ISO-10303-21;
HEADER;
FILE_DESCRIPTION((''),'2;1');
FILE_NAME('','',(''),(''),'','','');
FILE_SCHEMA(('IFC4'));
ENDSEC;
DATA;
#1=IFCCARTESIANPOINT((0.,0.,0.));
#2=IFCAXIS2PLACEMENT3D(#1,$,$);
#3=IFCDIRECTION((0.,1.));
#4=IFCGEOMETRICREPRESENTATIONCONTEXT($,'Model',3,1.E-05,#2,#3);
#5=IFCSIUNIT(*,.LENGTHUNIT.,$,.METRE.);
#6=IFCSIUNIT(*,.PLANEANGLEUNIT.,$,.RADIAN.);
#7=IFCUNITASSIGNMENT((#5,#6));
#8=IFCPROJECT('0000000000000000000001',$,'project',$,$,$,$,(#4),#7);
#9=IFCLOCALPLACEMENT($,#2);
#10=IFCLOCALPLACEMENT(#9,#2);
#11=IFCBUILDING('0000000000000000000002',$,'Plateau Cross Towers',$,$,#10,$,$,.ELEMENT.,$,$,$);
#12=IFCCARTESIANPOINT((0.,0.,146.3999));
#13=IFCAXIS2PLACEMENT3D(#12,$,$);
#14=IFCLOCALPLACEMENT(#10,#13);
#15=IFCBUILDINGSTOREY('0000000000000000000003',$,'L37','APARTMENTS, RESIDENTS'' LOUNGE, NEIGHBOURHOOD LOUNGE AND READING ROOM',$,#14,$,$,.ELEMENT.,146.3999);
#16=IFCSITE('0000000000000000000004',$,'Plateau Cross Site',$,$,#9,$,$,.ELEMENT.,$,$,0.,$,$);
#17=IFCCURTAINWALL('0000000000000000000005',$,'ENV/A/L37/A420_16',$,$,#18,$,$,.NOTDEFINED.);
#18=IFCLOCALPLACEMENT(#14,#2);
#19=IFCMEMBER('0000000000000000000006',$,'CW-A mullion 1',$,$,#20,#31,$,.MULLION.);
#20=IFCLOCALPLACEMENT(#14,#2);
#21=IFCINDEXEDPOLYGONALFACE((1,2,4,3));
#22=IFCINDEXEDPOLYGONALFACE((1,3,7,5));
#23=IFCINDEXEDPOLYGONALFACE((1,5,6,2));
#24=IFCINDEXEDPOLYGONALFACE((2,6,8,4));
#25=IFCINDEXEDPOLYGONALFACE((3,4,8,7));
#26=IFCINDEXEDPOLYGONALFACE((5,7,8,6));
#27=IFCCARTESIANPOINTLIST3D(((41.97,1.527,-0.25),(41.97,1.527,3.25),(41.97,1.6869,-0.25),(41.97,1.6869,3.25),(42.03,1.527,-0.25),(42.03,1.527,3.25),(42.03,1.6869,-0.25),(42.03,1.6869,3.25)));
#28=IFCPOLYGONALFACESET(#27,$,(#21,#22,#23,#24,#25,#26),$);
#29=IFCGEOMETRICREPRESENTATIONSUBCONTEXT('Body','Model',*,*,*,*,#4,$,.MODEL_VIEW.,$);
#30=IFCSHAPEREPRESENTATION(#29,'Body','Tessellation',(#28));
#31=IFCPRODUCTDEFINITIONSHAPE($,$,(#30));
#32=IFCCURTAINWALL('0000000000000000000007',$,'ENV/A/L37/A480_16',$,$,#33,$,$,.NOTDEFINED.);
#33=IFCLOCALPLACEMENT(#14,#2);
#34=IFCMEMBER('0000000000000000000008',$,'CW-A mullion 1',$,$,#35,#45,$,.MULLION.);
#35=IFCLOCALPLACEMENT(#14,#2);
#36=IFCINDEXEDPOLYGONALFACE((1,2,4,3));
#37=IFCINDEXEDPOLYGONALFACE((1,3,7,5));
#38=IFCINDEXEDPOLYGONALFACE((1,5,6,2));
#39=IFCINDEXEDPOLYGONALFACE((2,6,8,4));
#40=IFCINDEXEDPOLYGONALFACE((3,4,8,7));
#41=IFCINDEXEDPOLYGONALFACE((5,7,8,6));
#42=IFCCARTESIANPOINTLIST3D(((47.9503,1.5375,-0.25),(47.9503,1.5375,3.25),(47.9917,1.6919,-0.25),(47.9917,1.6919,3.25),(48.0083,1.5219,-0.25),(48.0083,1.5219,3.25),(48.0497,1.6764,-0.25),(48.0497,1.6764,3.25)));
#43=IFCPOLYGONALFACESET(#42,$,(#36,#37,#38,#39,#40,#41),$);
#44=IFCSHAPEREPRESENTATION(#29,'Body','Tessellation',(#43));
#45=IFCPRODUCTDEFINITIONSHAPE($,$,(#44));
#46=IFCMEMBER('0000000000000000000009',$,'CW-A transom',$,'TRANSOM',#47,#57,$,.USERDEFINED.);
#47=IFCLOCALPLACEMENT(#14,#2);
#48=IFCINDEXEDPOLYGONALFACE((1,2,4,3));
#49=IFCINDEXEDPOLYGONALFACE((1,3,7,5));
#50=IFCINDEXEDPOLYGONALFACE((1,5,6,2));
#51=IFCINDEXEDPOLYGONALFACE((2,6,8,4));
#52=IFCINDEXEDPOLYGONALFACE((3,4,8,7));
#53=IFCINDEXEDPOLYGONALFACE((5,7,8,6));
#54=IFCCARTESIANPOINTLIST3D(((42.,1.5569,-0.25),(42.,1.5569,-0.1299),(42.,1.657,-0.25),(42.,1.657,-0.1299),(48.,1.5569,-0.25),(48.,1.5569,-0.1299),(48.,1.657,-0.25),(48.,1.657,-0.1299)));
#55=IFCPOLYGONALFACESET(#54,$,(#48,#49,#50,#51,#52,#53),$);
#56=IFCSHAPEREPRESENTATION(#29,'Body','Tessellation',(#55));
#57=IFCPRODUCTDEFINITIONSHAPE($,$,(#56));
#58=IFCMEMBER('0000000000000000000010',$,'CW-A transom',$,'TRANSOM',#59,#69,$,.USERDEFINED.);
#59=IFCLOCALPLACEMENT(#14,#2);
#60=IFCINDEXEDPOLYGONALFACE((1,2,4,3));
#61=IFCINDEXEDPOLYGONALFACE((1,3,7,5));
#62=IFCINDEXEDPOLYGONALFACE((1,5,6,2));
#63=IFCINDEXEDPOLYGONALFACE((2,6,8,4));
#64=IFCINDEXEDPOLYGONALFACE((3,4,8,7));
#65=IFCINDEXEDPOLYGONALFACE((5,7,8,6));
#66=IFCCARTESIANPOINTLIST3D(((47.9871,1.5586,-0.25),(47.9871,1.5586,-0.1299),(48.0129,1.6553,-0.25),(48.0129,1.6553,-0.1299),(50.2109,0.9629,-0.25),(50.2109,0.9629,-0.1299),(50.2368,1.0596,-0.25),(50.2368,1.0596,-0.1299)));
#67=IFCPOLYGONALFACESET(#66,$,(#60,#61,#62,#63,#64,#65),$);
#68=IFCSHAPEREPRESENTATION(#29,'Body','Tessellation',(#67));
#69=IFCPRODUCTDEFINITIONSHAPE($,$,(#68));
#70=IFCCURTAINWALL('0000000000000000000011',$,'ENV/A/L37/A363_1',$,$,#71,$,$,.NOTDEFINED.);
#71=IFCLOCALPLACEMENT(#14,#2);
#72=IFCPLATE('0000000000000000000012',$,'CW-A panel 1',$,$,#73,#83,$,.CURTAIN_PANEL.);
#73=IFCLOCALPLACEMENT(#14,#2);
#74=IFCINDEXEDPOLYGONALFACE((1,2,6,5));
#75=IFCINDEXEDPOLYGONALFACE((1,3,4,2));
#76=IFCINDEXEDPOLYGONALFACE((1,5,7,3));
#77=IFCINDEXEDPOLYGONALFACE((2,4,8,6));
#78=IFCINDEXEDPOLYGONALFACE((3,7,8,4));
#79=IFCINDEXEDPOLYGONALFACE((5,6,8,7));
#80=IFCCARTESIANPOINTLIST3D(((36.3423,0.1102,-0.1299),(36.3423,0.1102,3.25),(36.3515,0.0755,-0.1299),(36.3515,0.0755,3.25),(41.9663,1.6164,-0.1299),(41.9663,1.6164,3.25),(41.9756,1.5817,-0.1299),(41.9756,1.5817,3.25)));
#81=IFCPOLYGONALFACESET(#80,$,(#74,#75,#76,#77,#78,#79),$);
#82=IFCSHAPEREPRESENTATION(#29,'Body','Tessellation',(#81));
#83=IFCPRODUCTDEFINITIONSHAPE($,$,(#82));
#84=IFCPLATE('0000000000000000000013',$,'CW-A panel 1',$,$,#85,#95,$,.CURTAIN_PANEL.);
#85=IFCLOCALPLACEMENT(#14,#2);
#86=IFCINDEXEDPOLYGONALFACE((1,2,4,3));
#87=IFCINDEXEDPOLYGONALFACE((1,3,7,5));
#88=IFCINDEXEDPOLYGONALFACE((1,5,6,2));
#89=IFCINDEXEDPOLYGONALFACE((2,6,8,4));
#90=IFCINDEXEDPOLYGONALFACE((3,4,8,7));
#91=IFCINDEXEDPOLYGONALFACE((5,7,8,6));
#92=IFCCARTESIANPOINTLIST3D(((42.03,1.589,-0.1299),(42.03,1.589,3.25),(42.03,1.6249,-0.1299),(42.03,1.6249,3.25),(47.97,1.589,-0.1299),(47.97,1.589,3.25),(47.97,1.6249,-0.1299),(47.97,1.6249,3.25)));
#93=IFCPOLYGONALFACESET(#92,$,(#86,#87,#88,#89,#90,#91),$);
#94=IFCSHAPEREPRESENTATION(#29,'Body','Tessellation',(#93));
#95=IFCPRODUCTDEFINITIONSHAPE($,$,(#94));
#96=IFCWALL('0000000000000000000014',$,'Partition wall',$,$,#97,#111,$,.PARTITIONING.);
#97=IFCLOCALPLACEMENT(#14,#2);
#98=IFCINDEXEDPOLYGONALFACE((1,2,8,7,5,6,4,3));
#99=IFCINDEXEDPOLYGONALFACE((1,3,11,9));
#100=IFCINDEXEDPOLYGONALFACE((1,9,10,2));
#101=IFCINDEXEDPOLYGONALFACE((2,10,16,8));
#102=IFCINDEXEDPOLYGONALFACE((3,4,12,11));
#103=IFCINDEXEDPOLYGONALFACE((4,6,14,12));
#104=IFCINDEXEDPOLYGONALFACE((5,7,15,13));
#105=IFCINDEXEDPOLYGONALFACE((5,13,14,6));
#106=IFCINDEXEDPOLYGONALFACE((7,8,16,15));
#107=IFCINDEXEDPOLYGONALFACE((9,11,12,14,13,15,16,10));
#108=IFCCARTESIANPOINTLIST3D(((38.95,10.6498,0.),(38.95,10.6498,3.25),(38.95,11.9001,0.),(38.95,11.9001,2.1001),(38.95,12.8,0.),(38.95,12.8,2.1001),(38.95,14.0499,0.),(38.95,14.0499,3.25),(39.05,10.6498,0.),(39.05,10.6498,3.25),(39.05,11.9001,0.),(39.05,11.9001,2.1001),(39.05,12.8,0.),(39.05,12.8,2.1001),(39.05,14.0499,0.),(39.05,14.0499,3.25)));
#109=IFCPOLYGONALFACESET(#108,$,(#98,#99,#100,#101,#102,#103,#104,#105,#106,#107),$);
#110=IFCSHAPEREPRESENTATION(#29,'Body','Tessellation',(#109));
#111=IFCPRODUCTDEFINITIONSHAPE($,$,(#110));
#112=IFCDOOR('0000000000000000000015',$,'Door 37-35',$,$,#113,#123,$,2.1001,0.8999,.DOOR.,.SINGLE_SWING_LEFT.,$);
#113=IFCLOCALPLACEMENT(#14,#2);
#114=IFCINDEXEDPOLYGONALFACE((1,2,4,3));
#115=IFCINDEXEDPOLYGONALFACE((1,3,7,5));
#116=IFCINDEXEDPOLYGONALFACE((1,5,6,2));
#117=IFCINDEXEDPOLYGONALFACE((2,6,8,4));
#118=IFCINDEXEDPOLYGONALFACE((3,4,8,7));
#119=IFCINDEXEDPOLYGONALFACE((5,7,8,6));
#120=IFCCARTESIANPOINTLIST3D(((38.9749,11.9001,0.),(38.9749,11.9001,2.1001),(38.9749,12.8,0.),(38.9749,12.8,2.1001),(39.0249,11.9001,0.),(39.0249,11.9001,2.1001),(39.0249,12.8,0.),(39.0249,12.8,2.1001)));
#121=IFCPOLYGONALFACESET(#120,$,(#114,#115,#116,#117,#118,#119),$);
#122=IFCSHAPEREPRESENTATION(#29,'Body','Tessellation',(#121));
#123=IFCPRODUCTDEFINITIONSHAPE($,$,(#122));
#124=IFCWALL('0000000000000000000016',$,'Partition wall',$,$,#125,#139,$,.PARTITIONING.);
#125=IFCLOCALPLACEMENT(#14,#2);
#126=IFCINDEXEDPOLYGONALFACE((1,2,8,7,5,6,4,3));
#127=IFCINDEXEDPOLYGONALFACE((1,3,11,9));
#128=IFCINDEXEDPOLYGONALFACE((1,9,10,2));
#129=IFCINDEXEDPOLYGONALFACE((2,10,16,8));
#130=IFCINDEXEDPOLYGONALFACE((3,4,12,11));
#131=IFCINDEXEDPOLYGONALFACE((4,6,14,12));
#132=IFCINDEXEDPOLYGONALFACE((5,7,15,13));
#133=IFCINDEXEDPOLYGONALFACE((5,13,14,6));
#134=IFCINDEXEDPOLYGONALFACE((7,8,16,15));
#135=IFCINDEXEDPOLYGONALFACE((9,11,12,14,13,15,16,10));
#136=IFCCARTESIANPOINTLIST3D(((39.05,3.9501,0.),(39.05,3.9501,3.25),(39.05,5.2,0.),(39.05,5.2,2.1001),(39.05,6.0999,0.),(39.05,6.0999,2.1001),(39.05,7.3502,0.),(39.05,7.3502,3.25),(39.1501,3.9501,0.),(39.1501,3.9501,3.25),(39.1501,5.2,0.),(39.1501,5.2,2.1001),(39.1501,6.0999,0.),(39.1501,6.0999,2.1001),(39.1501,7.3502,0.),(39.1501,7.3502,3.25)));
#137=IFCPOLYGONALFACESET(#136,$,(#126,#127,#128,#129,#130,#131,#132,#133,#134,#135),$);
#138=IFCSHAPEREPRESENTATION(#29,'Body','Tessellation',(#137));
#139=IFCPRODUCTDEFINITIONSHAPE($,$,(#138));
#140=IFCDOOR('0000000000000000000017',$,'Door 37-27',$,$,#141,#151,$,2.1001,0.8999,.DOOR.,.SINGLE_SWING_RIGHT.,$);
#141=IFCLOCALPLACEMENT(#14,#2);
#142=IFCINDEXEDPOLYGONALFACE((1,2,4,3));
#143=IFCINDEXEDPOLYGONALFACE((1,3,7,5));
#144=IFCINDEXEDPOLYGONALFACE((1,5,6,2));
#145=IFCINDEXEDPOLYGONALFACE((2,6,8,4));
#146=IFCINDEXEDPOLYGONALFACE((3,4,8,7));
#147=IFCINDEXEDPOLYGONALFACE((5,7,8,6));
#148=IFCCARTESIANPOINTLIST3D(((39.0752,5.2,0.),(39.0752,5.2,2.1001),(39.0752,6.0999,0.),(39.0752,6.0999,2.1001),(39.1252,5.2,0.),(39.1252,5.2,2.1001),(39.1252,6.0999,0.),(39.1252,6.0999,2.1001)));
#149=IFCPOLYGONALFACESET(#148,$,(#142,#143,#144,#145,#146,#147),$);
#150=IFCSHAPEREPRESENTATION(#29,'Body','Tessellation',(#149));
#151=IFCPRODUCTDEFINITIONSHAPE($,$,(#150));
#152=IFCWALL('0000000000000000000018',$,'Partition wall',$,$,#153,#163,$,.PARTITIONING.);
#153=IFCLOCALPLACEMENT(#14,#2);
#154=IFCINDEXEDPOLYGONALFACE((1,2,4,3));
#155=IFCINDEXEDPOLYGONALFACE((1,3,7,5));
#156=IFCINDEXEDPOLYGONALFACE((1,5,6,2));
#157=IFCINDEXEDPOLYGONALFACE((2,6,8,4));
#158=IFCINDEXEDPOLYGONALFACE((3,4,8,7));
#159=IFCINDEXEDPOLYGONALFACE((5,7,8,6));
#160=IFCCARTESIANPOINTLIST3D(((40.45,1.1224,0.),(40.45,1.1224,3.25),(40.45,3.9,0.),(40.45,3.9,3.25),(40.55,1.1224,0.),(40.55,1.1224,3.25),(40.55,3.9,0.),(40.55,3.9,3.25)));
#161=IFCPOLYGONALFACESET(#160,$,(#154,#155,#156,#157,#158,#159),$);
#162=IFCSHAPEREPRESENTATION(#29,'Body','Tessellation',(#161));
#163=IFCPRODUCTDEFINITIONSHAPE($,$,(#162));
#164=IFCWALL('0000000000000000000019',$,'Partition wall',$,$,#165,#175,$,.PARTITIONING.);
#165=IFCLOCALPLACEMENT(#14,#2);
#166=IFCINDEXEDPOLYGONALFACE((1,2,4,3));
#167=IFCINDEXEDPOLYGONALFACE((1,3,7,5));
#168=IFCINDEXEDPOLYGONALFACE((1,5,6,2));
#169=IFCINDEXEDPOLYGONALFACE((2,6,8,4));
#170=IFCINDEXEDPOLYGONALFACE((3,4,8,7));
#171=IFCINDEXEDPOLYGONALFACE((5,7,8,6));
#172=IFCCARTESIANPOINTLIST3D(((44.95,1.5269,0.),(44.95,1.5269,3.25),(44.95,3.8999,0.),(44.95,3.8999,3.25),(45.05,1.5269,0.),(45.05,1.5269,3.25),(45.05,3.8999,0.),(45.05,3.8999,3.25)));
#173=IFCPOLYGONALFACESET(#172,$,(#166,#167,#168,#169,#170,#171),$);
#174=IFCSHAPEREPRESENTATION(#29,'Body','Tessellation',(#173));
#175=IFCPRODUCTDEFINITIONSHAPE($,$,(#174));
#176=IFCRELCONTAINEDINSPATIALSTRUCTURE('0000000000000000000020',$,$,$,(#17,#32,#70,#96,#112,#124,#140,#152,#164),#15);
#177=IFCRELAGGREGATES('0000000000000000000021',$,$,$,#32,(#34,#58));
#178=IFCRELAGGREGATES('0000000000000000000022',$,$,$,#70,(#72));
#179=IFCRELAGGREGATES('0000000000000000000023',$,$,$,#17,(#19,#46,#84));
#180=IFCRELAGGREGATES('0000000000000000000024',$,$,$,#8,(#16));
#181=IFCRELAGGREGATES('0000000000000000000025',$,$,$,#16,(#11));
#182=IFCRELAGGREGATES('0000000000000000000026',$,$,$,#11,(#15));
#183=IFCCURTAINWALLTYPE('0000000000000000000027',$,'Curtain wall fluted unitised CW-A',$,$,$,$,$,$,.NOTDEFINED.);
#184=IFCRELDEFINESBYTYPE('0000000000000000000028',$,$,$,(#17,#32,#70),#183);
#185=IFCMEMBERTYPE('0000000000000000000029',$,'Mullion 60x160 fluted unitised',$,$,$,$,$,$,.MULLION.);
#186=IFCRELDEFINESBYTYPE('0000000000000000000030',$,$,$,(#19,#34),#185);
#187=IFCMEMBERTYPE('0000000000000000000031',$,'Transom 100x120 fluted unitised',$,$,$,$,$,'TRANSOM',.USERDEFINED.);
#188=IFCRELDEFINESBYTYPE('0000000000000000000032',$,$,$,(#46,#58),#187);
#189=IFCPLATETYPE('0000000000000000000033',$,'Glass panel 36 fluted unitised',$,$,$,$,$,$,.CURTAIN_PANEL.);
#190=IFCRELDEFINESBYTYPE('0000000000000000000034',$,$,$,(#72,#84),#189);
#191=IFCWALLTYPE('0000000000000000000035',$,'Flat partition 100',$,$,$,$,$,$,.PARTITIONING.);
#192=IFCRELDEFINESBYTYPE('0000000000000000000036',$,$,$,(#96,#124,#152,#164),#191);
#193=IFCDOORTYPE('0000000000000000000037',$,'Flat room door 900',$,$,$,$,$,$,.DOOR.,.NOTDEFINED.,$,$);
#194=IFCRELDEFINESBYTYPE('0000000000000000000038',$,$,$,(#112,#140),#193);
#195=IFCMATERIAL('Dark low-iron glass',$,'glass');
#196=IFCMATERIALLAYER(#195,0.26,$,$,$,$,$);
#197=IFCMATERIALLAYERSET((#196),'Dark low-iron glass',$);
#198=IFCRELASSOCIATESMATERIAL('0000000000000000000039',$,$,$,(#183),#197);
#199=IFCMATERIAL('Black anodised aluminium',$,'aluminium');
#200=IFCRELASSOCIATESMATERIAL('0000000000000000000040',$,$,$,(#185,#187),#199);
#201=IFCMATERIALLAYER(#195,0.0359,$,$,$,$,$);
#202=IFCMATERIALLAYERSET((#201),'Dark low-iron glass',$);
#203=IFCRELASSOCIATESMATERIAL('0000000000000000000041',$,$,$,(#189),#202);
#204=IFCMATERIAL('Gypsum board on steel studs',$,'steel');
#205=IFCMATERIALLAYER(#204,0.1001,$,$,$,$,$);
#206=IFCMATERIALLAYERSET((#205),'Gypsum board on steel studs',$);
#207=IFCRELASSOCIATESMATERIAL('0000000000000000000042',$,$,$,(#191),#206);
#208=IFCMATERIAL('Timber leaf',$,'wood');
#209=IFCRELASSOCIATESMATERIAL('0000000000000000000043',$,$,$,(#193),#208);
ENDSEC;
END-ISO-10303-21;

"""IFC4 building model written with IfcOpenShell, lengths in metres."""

from ifc_helpers import new_model, si_unit, direction, frame, frame_2d, origin, origin_2d, place, context, subcontext, project, spatial, rectangle, extrude, material, layer, layer_set, material_profile, profile_set, type_object, element, fill, aggregate, save


model = new_model("IFC4")

# Units and contexts
model_context = context("Model", 3, precision=1e-05, world=origin(), true_north=direction((0.0, 1.0)))
body_context = subcontext(model_context, "Body", "Model", "MODEL_VIEW")
ifc_project = project(units=[si_unit("LENGTHUNIT", "METRE"), si_unit("PLANEANGLEUNIT", "RADIAN")], contexts=[model_context])

# Site, building, storey
site_placement = place(None, origin())
site = spatial("IfcSite", under=ifc_project, at=site_placement, Name="Plateau Cross Site", CompositionType="ELEMENT", RefElevation=0.0)
building_placement = place(site_placement, origin())
building = spatial("IfcBuilding", under=site, at=building_placement, Name="Plateau Cross Towers", CompositionType="ELEMENT")
storey_placement = place(building_placement, frame((0.0, 0.0, 146.3999)))
storey = spatial("IfcBuildingStorey", under=building, at=storey_placement, Name="L37", Description="APARTMENTS, RESIDENTS' LOUNGE, NEIGHBOURHOOD LOUNGE AND READING ROOM", CompositionType="ELEMENT", Elevation=146.3999)

# Curtain walls, members
ifc_material_1 = material(Name="Dark low-iron glass", Category="glass")
ifc_layer_1 = layer(ifc_material_1, 0.26)
ifc_layer_set_1 = layer_set([ifc_layer_1], Name="Dark low-iron glass")
curtain_wall_type = type_object("IfcCurtainWallType", Name="Curtain wall fluted unitised CW-A", PredefinedType="NOTDEFINED", material=ifc_layer_set_1)
curtain_wall_1_placement = place(storey_placement, origin())
curtain_wall_1 = element("IfcCurtainWall", 1, at=curtain_wall_1_placement, inside=storey, type_object=curtain_wall_type, Name="ENV/A/L37/A420_16", PredefinedType="NOTDEFINED")
ifc_material_2 = material(Name="Black anodised aluminium", Category="aluminium")
ifc_material_profile_1 = material_profile(ifc_material_2, rectangle(XDim=0.0601, YDim=0.1599, at=origin_2d()), Name="MULLION 60x160")
ifc_profile_set_1 = profile_set([ifc_material_profile_1], Name="Black anodised aluminium")
member_type_1 = type_object("IfcMemberType", Name="Mullion 60x160 fluted unitised", PredefinedType="MULLION", material=ifc_profile_set_1)
member_1_placement = place(storey_placement, frame((42.0, 1.6069, -0.25), z_axis=(0.0, 0.0, 1.0), x_axis=(1.0, 0.0, 0.0)))
member_1 = element("IfcMember", 2, at=member_1_placement, type_object=member_type_1, Name="CW-A mullion 1", PredefinedType="MULLION", context=body_context, shape_type="SweptSolid", body=[
    extrude(rectangle(XDim=0.0601, YDim=0.1599, at=origin_2d()), origin(), (0.0, 0.0, 1.0), 3.5),
])
curtain_wall_2_placement = place(storey_placement, origin())
curtain_wall_2 = element("IfcCurtainWall", 3, at=curtain_wall_2_placement, inside=storey, type_object=curtain_wall_type, Name="ENV/A/L37/A480_16", PredefinedType="NOTDEFINED")
member_2_placement = place(storey_placement, frame((48.0, 1.6069, -0.25), z_axis=(0.0, 0.0, 1.0), x_axis=(0.965958, -0.258699, 0.0)))
member_2 = element("IfcMember", 4, at=member_2_placement, type_object=member_type_1, Name="CW-A mullion 1", PredefinedType="MULLION", context=body_context, shape_type="SweptSolid", body=[
    extrude(rectangle(XDim=0.0601, YDim=0.1599, at=origin_2d()), origin(), (0.0, 0.0, 1.0), 3.5),
])

# Members
ifc_material_profile_2 = material_profile(ifc_material_2, rectangle(XDim=0.1001, YDim=0.1201, at=origin_2d()), Name="TRANSOM 100x120")
ifc_profile_set_2 = profile_set([ifc_material_profile_2], Name="Black anodised aluminium")
member_type_2 = type_object("IfcMemberType", Name="Transom 100x120 fluted unitised", ElementType="TRANSOM", PredefinedType="USERDEFINED", material=ifc_profile_set_2)
member_3_placement = place(storey_placement, frame((42.0, 1.6069, -0.1899), z_axis=(1.0, 0.0, 0.0), x_axis=(0.0, 1.0, 0.0)))
member_3 = element("IfcMember", 5, at=member_3_placement, type_object=member_type_2, Name="CW-A transom", ObjectType="TRANSOM", PredefinedType="USERDEFINED", context=body_context, shape_type="SweptSolid", body=[
    extrude(rectangle(XDim=0.1001, YDim=0.1201, at=origin_2d()), origin(), (0.0, 0.0, 1.0), 6.0),
])
member_4_placement = place(storey_placement, frame((48.0, 1.6069, -0.1899), z_axis=(0.965946, -0.258745, 0.0), x_axis=(0.258745, 0.965946, 0.0)))
member_4 = element("IfcMember", 6, at=member_4_placement, type_object=member_type_2, Name="CW-A transom", ObjectType="TRANSOM", PredefinedType="USERDEFINED", context=body_context, shape_type="SweptSolid", body=[
    extrude(rectangle(XDim=0.1001, YDim=0.1201, at=origin_2d()), origin(), (0.0, 0.0, 1.0), 2.3022),
])
aggregate(curtain_wall_2, [member_2, member_4])

# Curtain wall, plate
curtain_wall_3_placement = place(storey_placement, origin())
curtain_wall_3 = element("IfcCurtainWall", 7, at=curtain_wall_3_placement, inside=storey, type_object=curtain_wall_type, Name="ENV/A/L37/A363_1", PredefinedType="NOTDEFINED")
ifc_layer_2 = layer(ifc_material_1, 0.0359)
ifc_layer_set_2 = layer_set([ifc_layer_2], Name="Dark low-iron glass")
plate_type = type_object("IfcPlateType", Name="Glass panel 36 fluted unitised", PredefinedType="CURTAIN_PANEL", material=ifc_layer_set_2)
plate_1_placement = place(storey_placement, frame((39.1589, 0.8459, -0.1299), z_axis=(0.0, 0.0, 1.0), x_axis=(0.965958, 0.258699, 0.0)))
plate_1 = element("IfcPlate", 8, at=plate_1_placement, type_object=plate_type, Name="CW-A panel 1", PredefinedType="CURTAIN_PANEL", context=body_context, shape_type="SweptSolid", body=[
    extrude(rectangle(XDim=5.8223, YDim=0.0359, at=origin_2d()), origin(), (0.0, 0.0, 1.0), 3.3799),
])
aggregate(curtain_wall_3, [plate_1])

# Plate
plate_2_placement = place(storey_placement, frame((45.0, 1.6069, -0.1299), z_axis=(0.0, 0.0, 1.0), x_axis=(1.0, 0.0, 0.0)))
plate_2 = element("IfcPlate", 9, at=plate_2_placement, type_object=plate_type, Name="CW-A panel 1", PredefinedType="CURTAIN_PANEL", context=body_context, shape_type="SweptSolid", body=[
    extrude(rectangle(XDim=5.9399, YDim=0.0359, at=origin_2d()), origin(), (0.0, 0.0, 1.0), 3.3799),
])
aggregate(curtain_wall_1, [member_1, member_3, plate_2])

# Walls, openings, doors
ifc_material_3 = material(Name="Gypsum board on steel studs", Category="steel")
ifc_layer_3 = layer(ifc_material_3, 0.1001)
ifc_layer_set_3 = layer_set([ifc_layer_3], Name="Gypsum board on steel studs")
wall_type_1 = type_object("IfcWallType", Name="Flat partition 100", PredefinedType="PARTITIONING", material=ifc_layer_set_3)
wall_1_placement = place(storey_placement, frame((39.0, 14.05, 0.0), z_axis=(0.0, 0.0, 1.0), x_axis=(0.0, -1.0, 0.0)))
wall_1 = element("IfcWall", 10, at=wall_1_placement, inside=storey, type_object=wall_type_1, Name="Partition wall", PredefinedType="PARTITIONING", context=body_context, shape_type="SweptSolid", body=[
    extrude(rectangle(XDim=3.4001, YDim=0.1001, at=frame_2d((1.7002, 0.0))), origin(), (0.0, 0.0, 1.0), 3.25),
])
opening_1_placement = place(wall_1_placement, frame((1.25, 0.0, 0.0)))
opening_1 = element("IfcOpeningElement", 11, at=opening_1_placement, cuts=wall_1, PredefinedType="OPENING", context=body_context, shape_type="SweptSolid", body=[
    extrude(rectangle(XDim=0.8999, YDim=2.1001, at=frame_2d((0.45, 1.05))), frame((0.0, 0.0601, 0.0), z_axis=(0.0, -1.0, 0.0), x_axis=(1.0, 0.0, 0.0)), (0.0, 0.0, 1.0), 0.1201),
])
ifc_material_4 = material(Name="Timber leaf", Category="wood")
door_type_1 = type_object("IfcDoorType", Name="Flat room door 900", OperationType="NOTDEFINED", PredefinedType="DOOR", material=ifc_material_4)
door_1_placement = place(opening_1_placement, origin())
door_1 = element("IfcDoor", 12, at=door_1_placement, inside=storey, type_object=door_type_1, Name="Door 37-35", OperationType="SINGLE_SWING_LEFT", OverallHeight=2.1001, OverallWidth=0.8999, PredefinedType="DOOR", context=body_context, shape_type="SweptSolid", body=[
    extrude(rectangle(XDim=0.8999, YDim=2.1001, at=frame_2d((0.45, 1.05))), frame((0.0, 0.0249, 0.0), z_axis=(0.0, -1.0, 0.0), x_axis=(1.0, 0.0, 0.0)), (0.0, 0.0, 1.0), 0.05),
])
fill(opening_1, door_1)
wall_2_placement = place(storey_placement, frame((39.1001, 3.95, 0.0), z_axis=(0.0, 0.0, 1.0), x_axis=(0.0, 1.0, 0.0)))
wall_2 = element("IfcWall", 13, at=wall_2_placement, inside=storey, type_object=wall_type_1, Name="Partition wall", PredefinedType="PARTITIONING", context=body_context, shape_type="SweptSolid", body=[
    extrude(rectangle(XDim=3.4001, YDim=0.1001, at=frame_2d((1.7002, 0.0))), origin(), (0.0, 0.0, 1.0), 3.25),
])
opening_2_placement = place(wall_2_placement, frame((1.25, 0.0, 0.0)))
opening_2 = element("IfcOpeningElement", 14, at=opening_2_placement, cuts=wall_2, PredefinedType="OPENING", context=body_context, shape_type="SweptSolid", body=[
    extrude(rectangle(XDim=0.8999, YDim=2.1001, at=frame_2d((0.45, 1.05))), frame((0.0, 0.0601, 0.0), z_axis=(0.0, -1.0, 0.0), x_axis=(1.0, 0.0, 0.0)), (0.0, 0.0, 1.0), 0.1201),
])
door_2_placement = place(opening_2_placement, origin())
door_2 = element("IfcDoor", 15, at=door_2_placement, inside=storey, type_object=door_type_1, Name="Door 37-27", OperationType="SINGLE_SWING_RIGHT", OverallHeight=2.1001, OverallWidth=0.8999, PredefinedType="DOOR", context=body_context, shape_type="SweptSolid", body=[
    extrude(rectangle(XDim=0.8999, YDim=2.1001, at=frame_2d((0.45, 1.05))), frame((0.0, 0.0249, 0.0), z_axis=(0.0, -1.0, 0.0), x_axis=(1.0, 0.0, 0.0)), (0.0, 0.0, 1.0), 0.05),
])
fill(opening_2, door_2)

# Walls
wall_3_placement = place(storey_placement, frame((40.5, 3.8999, 0.0), z_axis=(0.0, 0.0, 1.0), x_axis=(0.0, -1.0, 0.0)))
element("IfcWall", 16, at=wall_3_placement, inside=storey, type_object=wall_type_1, Name="Partition wall", PredefinedType="PARTITIONING", context=body_context, shape_type="SweptSolid", body=[
    extrude(rectangle(XDim=2.7776, YDim=0.1001, at=frame_2d((1.3887, 0.0))), origin(), (0.0, 0.0, 1.0), 3.25),
])
wall_4_placement = place(storey_placement, frame((45.0, 1.5269, 0.0), z_axis=(0.0, 0.0, 1.0), x_axis=(0.0, 1.0, 0.0)))
element("IfcWall", 17, at=wall_4_placement, inside=storey, type_object=wall_type_1, Name="Partition wall", PredefinedType="PARTITIONING", context=body_context, shape_type="SweptSolid", body=[
    extrude(rectangle(XDim=2.373, YDim=0.1001, at=frame_2d((1.1865, 0.0))), origin(), (0.0, 0.0, 1.0), 3.25),
])

save(model, "model.ifc")
